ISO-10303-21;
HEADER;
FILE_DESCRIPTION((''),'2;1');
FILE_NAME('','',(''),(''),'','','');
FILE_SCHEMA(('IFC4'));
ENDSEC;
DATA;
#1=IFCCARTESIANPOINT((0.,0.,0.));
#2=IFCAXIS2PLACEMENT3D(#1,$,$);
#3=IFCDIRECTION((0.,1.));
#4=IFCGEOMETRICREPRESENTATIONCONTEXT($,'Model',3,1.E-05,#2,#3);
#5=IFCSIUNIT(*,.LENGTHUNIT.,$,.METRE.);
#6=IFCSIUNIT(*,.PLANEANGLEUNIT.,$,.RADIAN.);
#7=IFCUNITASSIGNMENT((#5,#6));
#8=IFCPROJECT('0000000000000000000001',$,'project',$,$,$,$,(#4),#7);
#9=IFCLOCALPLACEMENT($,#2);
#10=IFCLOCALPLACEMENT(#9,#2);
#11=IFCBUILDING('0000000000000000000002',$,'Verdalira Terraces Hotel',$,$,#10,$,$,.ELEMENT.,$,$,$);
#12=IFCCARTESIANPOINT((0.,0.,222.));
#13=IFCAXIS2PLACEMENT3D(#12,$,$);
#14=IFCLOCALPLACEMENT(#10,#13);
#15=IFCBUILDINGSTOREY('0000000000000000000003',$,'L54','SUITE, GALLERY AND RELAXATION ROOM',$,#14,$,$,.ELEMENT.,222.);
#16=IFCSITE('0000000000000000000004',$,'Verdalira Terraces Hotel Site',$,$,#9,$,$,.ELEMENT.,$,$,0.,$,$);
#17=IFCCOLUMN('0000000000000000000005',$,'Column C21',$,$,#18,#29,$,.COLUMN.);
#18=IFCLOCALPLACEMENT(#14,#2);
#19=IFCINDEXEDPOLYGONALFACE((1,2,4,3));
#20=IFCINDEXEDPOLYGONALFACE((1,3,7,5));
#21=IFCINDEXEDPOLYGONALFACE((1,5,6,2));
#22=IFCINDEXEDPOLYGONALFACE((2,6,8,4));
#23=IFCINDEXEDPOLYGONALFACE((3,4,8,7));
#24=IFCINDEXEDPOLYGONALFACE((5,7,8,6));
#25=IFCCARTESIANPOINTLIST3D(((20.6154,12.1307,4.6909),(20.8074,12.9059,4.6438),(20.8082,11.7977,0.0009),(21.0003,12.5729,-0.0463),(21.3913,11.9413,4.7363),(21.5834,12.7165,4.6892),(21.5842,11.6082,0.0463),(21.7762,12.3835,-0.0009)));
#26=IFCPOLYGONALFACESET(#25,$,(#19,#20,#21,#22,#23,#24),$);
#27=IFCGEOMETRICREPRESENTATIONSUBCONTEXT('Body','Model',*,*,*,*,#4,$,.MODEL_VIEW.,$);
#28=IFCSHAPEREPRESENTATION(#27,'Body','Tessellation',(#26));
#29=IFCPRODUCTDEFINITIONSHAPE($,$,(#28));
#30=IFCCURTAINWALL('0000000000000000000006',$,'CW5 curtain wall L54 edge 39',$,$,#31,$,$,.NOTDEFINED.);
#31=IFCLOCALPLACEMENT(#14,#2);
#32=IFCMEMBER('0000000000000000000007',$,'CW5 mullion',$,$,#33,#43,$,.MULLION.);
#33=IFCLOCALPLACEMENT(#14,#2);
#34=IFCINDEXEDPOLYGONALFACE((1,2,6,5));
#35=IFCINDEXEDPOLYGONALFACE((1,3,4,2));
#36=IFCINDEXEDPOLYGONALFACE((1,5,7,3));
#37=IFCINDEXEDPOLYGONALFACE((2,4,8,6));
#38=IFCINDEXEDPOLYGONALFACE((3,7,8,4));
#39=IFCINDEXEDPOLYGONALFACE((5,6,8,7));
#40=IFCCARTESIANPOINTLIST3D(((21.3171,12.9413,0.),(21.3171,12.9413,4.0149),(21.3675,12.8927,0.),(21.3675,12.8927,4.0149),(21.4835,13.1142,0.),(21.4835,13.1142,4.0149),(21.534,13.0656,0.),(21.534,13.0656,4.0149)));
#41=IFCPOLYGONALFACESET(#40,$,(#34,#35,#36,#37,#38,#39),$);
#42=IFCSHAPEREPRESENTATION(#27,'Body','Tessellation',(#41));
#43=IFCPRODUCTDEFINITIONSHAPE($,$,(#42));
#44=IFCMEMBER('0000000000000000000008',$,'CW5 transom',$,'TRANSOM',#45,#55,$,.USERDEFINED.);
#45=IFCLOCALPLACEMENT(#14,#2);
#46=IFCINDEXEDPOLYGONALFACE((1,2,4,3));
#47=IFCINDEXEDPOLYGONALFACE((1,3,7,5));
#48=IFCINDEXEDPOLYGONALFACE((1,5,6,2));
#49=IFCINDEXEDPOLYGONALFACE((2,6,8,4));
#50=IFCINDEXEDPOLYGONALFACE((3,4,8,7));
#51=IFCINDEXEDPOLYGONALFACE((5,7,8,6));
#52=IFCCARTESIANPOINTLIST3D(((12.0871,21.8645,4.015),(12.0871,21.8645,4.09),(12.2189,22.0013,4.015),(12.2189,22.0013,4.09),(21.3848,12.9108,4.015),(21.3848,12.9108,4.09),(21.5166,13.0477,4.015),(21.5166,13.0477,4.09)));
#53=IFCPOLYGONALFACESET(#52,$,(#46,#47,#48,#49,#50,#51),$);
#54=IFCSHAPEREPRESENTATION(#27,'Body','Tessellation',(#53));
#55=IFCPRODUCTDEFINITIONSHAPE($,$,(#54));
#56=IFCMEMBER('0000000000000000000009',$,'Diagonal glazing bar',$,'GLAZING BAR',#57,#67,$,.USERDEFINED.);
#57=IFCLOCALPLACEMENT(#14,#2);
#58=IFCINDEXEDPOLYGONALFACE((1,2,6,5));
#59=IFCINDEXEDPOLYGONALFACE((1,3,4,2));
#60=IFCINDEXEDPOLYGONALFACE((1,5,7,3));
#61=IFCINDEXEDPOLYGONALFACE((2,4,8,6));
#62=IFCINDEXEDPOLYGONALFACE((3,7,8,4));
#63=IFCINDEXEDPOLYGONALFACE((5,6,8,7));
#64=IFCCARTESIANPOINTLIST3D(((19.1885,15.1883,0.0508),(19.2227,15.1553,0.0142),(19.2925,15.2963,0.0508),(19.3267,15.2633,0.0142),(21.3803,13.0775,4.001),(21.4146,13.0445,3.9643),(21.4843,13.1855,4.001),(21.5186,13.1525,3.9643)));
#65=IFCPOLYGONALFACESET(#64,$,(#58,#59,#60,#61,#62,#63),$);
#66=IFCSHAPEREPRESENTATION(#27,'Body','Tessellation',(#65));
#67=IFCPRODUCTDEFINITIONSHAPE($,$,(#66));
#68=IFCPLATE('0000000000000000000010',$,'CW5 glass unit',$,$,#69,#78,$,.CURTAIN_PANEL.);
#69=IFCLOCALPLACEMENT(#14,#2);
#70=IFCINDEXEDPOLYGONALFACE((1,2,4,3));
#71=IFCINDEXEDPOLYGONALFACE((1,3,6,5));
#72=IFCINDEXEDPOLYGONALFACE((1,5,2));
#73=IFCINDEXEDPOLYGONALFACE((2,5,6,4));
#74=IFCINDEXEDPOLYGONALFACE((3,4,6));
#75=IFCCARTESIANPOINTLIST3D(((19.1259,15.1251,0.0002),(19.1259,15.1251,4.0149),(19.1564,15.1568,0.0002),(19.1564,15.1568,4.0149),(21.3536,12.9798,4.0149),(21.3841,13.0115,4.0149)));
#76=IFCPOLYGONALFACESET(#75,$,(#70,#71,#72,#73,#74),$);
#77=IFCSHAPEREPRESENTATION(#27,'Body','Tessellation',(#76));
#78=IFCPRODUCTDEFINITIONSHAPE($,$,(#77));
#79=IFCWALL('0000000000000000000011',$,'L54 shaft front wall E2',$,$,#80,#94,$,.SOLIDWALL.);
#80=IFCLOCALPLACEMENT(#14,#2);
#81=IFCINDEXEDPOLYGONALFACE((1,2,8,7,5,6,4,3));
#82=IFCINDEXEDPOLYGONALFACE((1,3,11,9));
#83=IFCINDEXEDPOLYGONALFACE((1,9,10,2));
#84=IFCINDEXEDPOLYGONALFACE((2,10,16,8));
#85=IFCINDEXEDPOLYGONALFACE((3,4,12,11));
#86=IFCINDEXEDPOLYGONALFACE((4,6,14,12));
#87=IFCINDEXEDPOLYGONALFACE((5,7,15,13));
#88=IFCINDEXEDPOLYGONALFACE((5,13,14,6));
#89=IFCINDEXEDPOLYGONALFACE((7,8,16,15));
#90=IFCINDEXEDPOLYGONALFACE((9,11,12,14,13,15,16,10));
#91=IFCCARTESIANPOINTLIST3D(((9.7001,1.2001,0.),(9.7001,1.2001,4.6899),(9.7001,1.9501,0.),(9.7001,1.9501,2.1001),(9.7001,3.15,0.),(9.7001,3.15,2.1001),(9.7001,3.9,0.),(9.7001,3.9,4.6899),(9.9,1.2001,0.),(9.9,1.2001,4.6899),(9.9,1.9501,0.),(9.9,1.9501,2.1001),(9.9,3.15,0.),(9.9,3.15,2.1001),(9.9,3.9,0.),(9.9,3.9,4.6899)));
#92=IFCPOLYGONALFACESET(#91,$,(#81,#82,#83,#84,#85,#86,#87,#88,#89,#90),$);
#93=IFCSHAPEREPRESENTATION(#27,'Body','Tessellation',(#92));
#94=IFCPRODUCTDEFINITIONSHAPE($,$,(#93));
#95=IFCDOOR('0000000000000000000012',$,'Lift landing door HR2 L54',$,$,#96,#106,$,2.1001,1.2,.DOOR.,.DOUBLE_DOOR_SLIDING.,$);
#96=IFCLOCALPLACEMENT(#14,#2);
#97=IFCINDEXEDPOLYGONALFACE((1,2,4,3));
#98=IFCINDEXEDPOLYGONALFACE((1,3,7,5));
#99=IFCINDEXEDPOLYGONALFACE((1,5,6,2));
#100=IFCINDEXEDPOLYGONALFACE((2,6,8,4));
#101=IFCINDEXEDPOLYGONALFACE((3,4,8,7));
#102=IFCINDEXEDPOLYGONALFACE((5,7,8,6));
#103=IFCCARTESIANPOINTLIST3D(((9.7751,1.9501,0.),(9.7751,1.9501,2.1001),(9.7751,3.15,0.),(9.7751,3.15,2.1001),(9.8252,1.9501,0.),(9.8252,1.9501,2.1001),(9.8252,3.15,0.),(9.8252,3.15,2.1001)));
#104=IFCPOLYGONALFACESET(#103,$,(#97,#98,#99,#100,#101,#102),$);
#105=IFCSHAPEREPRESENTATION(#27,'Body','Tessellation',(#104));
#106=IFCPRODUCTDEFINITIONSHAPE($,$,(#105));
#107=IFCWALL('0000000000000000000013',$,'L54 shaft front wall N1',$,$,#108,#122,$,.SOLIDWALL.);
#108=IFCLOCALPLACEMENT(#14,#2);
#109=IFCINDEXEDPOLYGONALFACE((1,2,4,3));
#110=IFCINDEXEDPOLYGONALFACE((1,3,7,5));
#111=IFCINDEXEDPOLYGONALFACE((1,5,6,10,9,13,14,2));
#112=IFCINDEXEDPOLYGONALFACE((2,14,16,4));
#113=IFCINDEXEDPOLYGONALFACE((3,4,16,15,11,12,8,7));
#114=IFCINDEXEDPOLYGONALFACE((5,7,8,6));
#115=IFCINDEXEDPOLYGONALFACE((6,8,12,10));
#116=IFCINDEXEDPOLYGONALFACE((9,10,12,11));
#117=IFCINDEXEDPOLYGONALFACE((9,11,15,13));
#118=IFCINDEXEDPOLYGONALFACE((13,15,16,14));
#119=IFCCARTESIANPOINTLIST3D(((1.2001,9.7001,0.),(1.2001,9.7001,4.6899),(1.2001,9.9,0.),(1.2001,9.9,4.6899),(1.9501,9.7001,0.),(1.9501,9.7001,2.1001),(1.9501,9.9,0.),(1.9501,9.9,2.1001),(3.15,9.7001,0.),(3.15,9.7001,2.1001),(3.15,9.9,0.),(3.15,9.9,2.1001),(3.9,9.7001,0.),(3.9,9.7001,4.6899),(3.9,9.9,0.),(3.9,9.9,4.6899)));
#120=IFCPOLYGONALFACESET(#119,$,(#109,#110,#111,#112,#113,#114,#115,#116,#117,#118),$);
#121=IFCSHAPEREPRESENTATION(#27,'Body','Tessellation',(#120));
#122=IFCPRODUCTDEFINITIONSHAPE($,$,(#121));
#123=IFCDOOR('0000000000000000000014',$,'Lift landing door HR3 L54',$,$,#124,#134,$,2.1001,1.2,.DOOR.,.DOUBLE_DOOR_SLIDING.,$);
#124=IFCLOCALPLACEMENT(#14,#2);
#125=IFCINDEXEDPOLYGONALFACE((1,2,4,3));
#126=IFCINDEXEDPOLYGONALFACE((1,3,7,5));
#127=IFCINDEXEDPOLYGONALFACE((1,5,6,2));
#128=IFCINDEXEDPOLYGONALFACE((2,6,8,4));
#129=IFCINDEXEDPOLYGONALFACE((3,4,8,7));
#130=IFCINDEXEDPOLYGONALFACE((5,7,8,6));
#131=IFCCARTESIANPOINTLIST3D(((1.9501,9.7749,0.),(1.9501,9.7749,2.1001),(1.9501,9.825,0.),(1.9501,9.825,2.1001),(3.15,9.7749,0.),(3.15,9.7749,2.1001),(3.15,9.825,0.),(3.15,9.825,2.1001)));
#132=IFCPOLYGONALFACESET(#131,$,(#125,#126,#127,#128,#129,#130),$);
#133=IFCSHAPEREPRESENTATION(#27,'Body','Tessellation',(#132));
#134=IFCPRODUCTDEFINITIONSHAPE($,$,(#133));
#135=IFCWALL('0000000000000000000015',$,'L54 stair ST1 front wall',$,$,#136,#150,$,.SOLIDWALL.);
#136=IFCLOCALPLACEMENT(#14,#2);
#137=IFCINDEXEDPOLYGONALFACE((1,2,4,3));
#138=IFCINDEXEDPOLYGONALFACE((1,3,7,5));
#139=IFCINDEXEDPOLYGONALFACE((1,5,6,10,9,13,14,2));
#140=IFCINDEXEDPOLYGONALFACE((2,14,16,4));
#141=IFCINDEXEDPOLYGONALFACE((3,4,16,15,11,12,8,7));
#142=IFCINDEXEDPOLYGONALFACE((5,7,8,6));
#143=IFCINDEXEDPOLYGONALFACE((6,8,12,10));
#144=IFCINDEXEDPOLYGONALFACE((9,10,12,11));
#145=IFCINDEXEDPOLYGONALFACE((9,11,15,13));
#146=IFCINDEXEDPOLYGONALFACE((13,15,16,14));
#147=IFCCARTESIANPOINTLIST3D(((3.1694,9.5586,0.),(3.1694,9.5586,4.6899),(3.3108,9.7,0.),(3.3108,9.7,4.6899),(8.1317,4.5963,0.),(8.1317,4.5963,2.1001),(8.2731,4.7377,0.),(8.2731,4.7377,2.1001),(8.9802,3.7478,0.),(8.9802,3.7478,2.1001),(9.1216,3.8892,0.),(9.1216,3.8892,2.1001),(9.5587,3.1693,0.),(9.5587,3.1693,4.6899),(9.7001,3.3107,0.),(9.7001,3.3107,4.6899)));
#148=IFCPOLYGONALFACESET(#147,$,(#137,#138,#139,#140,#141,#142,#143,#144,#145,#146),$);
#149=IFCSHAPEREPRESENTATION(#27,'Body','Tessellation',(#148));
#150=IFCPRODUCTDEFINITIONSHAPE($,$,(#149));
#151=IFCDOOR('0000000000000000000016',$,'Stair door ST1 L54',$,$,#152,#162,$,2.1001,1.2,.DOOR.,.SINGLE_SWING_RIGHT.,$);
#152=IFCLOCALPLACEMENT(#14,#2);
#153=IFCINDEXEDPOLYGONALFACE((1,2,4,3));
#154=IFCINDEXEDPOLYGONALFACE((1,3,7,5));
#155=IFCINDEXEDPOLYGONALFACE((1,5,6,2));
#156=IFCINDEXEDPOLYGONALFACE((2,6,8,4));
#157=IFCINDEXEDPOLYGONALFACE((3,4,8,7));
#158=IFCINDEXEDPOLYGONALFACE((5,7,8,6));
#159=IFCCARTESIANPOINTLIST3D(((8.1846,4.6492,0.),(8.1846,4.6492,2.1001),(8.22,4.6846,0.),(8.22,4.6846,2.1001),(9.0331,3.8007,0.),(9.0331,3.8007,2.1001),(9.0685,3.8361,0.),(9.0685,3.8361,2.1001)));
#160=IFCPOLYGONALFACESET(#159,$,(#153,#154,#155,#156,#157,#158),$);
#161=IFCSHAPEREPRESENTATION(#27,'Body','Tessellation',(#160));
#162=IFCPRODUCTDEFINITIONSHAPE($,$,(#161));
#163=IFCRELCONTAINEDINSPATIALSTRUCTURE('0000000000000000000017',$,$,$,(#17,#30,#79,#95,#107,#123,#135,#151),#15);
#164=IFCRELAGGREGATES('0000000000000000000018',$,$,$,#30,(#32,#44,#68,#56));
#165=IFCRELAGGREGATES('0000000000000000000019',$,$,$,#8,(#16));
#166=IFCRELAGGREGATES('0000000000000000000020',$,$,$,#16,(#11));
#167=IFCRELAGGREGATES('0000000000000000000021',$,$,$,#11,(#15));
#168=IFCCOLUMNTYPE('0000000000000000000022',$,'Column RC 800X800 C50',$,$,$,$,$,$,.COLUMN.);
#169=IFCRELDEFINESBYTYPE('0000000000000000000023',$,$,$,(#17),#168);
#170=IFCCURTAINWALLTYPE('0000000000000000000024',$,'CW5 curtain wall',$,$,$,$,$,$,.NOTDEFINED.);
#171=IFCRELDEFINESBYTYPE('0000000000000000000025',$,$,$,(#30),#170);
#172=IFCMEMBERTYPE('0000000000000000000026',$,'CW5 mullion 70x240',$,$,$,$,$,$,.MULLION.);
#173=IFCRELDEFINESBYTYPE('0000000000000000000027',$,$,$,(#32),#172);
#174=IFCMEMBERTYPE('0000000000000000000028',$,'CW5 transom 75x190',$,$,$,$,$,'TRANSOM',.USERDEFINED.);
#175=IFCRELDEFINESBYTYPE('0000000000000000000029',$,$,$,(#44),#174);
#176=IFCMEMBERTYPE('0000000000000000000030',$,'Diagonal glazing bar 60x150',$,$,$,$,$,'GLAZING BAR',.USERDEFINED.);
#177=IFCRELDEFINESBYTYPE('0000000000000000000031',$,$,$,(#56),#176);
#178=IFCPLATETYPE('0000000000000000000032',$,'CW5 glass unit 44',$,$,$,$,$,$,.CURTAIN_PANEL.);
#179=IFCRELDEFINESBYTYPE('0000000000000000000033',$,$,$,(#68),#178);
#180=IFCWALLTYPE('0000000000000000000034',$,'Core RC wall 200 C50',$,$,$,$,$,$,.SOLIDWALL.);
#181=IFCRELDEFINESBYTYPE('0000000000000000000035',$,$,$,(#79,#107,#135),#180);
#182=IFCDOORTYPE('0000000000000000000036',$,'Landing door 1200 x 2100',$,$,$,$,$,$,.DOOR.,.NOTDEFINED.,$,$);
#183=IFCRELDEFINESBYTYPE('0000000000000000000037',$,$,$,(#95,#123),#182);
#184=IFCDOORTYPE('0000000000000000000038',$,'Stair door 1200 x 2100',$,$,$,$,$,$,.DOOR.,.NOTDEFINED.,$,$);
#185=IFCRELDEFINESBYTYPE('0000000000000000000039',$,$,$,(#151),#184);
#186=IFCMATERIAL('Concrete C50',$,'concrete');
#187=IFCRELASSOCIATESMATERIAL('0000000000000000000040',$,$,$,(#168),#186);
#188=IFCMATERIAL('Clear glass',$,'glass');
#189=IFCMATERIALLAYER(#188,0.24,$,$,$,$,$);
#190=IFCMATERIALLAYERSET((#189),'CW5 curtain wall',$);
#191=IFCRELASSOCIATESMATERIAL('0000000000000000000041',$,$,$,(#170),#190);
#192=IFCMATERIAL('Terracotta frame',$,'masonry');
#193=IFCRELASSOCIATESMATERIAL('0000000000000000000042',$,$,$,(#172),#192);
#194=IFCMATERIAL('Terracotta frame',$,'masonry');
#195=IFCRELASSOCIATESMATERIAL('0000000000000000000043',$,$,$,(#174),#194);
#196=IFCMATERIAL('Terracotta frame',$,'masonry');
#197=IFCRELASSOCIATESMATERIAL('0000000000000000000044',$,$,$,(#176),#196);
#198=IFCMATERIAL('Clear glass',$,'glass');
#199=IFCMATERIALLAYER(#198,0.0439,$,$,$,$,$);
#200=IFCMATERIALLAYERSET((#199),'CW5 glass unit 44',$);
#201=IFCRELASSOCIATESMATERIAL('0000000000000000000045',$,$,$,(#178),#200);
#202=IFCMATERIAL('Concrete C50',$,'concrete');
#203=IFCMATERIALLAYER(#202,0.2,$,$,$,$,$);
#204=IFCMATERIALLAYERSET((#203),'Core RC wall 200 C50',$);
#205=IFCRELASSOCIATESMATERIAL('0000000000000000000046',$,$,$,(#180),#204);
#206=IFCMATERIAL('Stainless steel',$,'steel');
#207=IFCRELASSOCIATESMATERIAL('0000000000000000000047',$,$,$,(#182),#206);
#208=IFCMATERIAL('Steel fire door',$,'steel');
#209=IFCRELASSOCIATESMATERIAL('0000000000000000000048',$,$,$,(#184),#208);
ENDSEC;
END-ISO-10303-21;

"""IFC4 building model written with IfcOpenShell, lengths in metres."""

from ifc_helpers import new_model, si_unit, direction, frame, frame_2d, origin, origin_2d, place, context, subcontext, project, spatial, polyline, rectangle, outline, extrude, material, layer, layer_set, material_profile, profile_set, type_object, element, fill, aggregate, save


model = new_model("IFC4")

# Units and contexts
model_context = context("Model", 3, precision=1e-05, world=origin(), true_north=direction((0.0, 1.0)))
body_context = subcontext(model_context, "Body", "Model", "MODEL_VIEW")
ifc_project = project(units=[si_unit("LENGTHUNIT", "METRE"), si_unit("PLANEANGLEUNIT", "RADIAN")], contexts=[model_context])

# Site, building, storey
site_placement = place(None, origin())
site = spatial("IfcSite", under=ifc_project, at=site_placement, Name="Verdalira Terraces Hotel Site", CompositionType="ELEMENT", RefElevation=0.0)
building_placement = place(site_placement, origin())
building = spatial("IfcBuilding", under=site, at=building_placement, Name="Verdalira Terraces Hotel", CompositionType="ELEMENT")
storey_placement = place(building_placement, frame((0.0, 0.0, 222.0)))
storey = spatial("IfcBuildingStorey", under=building, at=storey_placement, Name="L54", Description="SUITE, GALLERY AND RELAXATION ROOM", CompositionType="ELEMENT", Elevation=222.0)

# Column
ifc_material_1 = material(Name="Concrete C50", Category="concrete")
ifc_material_profile_1 = material_profile(ifc_material_1, rectangle(XDim=0.8, YDim=0.8, at=origin_2d()), Name="RC 800X800")
ifc_profile_set_1 = profile_set([ifc_material_profile_1], Name="Concrete C50")
column_type = type_object("IfcColumnType", Name="Column RC 800X800 C50", PredefinedType="COLUMN", material=ifc_profile_set_1)
column_placement = place(storey_placement, frame((21.2922, 12.0906, 0.0), z_axis=(-0.040987, 0.070767, 0.99665), x_axis=(0.969908, -0.236778, 0.056699)))
element("IfcColumn", 1, at=column_placement, inside=storey, type_object=column_type, Name="Column C21", PredefinedType="COLUMN", context=body_context, shape_type="SweptSolid", body=[
    extrude(rectangle(XDim=0.8, YDim=0.8, at=origin_2d()), origin(), (0.0, 0.0, 1.0), 4.7058),
])

# Curtain wall, members, plate
ifc_material_2 = material(Name="Clear glass", Category="glass")
ifc_layer_1 = layer(ifc_material_2, 0.24)
ifc_layer_set_1 = layer_set([ifc_layer_1], Name="CW5 curtain wall")
curtain_wall_type = type_object("IfcCurtainWallType", Name="CW5 curtain wall", PredefinedType="NOTDEFINED", material=ifc_layer_set_1)
curtain_wall_placement = place(storey_placement, origin())
curtain_wall = element("IfcCurtainWall", 2, at=curtain_wall_placement, inside=storey, type_object=curtain_wall_type, Name="CW5 curtain wall L54 edge 39", PredefinedType="NOTDEFINED")
ifc_material_3 = material(Name="Terracotta frame", Category="masonry")
ifc_material_profile_2 = material_profile(ifc_material_3, rectangle(XDim=0.0701, YDim=0.24, at=origin_2d()), Name="MU 70x240")
ifc_profile_set_2 = profile_set([ifc_material_profile_2], Name="Terracotta frame")
member_type_1 = type_object("IfcMemberType", Name="CW5 mullion 70x240", PredefinedType="MULLION", material=ifc_profile_set_2)
member_1_placement = place(storey_placement, frame((21.4255, 13.0034, 0.0), z_axis=(0.0, 0.0, 1.0), x_axis=(-0.720309, 0.693653, 0.0)))
member_1 = element("IfcMember", 3, at=member_1_placement, type_object=member_type_1, Name="CW5 mullion", PredefinedType="MULLION", context=body_context, shape_type="SweptSolid", body=[
    extrude(rectangle(XDim=0.0701, YDim=0.24, at=origin_2d()), origin(), (0.0, 0.0, 1.0), 4.0149),
])
ifc_material_4 = material(Name="Terracotta frame", Category="masonry")
ifc_material_profile_3 = material_profile(ifc_material_4, rectangle(XDim=0.1899, YDim=0.075, at=origin_2d()), Name="TR 75x190")
ifc_profile_set_3 = profile_set([ifc_material_profile_3], Name="Terracotta frame")
member_type_2 = type_object("IfcMemberType", Name="CW5 transom 75x190", ElementType="TRANSOM", PredefinedType="USERDEFINED", material=ifc_profile_set_3)
member_2_placement = place(storey_placement, frame((21.4507, 12.9792, 4.0525), z_axis=(-0.720306, 0.693656, 0.0), x_axis=(-0.693656, -0.720306, 0.0)))
member_2 = element("IfcMember", 4, at=member_2_placement, type_object=member_type_2, Name="CW5 transom", ObjectType="TRANSOM", PredefinedType="USERDEFINED", context=body_context, shape_type="SweptSolid", body=[
    extrude(rectangle(XDim=0.1899, YDim=0.075, at=origin_2d()), origin(), (0.0, 0.0, 1.0), 12.908),
])
ifc_material_5 = material(Name="Terracotta frame", Category="masonry")
ifc_material_profile_4 = material_profile(ifc_material_5, rectangle(XDim=0.1499, YDim=0.0601, at=origin_2d()), Name="GB 60x150")
ifc_profile_set_4 = profile_set([ifc_material_profile_4], Name="Terracotta frame")
member_type_3 = type_object("IfcMemberType", Name="Diagonal glazing bar 60x150", ElementType="GLAZING BAR", PredefinedType="USERDEFINED", material=ifc_profile_set_4)
member_3_placement = place(storey_placement, frame((21.4495, 13.115, 3.9827), z_axis=(-0.439575, 0.42332, -0.792195), x_axis=(-0.693663, -0.720299, 0.0)))
member_3 = element("IfcMember", 5, at=member_3_placement, type_object=member_type_3, Name="Diagonal glazing bar", ObjectType="GLAZING BAR", PredefinedType="USERDEFINED", context=body_context, shape_type="SweptSolid", body=[
    extrude(rectangle(XDim=0.1499, YDim=0.0601, at=origin_2d()), origin(), (0.0, 0.0, 1.0), 4.9863),
])
ifc_material_6 = material(Name="Clear glass", Category="glass")
ifc_layer_2 = layer(ifc_material_6, 0.0439)
ifc_layer_set_2 = layer_set([ifc_layer_2], Name="CW5 glass unit 44")
plate_type = type_object("IfcPlateType", Name="CW5 glass unit 44", PredefinedType="CURTAIN_PANEL", material=ifc_layer_set_2)
plate_placement = place(storey_placement, frame((20.2397, 14.0525, 2.0076), z_axis=(0.693653, 0.720309, 0.0), x_axis=(-0.720309, 0.693653, 0.0)))
plate = element("IfcPlate", 6, at=plate_placement, type_object=plate_type, Name="CW5 glass unit", PredefinedType="CURTAIN_PANEL", context=body_context, shape_type="SweptSolid", body=[
    extrude(outline(polyline([(1.5464, -2.0073), (1.5464, 2.0073), (-1.5464, 2.0073), (1.5464, -2.0073)])), origin(), (0.0, 0.0, 1.0), 0.0439),
])
aggregate(curtain_wall, [member_1, member_2, plate, member_3])

# Walls, openings, doors
ifc_material_7 = material(Name="Concrete C50", Category="concrete")
ifc_layer_3 = layer(ifc_material_7, 0.2)
ifc_layer_set_3 = layer_set([ifc_layer_3], Name="Core RC wall 200 C50")
wall_type_1 = type_object("IfcWallType", Name="Core RC wall 200 C50", PredefinedType="SOLIDWALL", material=ifc_layer_set_3)
wall_1_placement = place(storey_placement, frame((9.8, 1.2, 0.0), z_axis=(0.0, 0.0, 1.0), x_axis=(0.0, 1.0, 0.0)))
wall_1 = element("IfcWall", 7, at=wall_1_placement, inside=storey, type_object=wall_type_1, Name="L54 shaft front wall E2", PredefinedType="SOLIDWALL", context=body_context, shape_type="SweptSolid", body=[
    extrude(rectangle(XDim=2.7, YDim=0.2, at=frame_2d((1.3501, 0.0))), origin(), (0.0, 0.0, 1.0), 4.6899),
])
opening_1_placement = place(wall_1_placement, frame((0.75, 0.0, 0.0)))
opening_1 = element("IfcOpeningElement", 8, at=opening_1_placement, cuts=wall_1, PredefinedType="OPENING", context=body_context, shape_type="SweptSolid", body=[
    extrude(rectangle(XDim=1.2, YDim=2.1001, at=frame_2d((0.6001, 1.05))), frame((0.0, 0.1099, 0.0), z_axis=(0.0, -1.0, 0.0), x_axis=(1.0, 0.0, 0.0)), (0.0, 0.0, 1.0), 0.22),
])
ifc_material_8 = material(Name="Stainless steel", Category="steel")
door_type_1 = type_object("IfcDoorType", Name="Landing door 1200 x 2100", OperationType="NOTDEFINED", PredefinedType="DOOR", material=ifc_material_8)
door_1_placement = place(opening_1_placement, origin())
door_1 = element("IfcDoor", 9, at=door_1_placement, inside=storey, type_object=door_type_1, Name="Lift landing door HR2 L54", OperationType="DOUBLE_DOOR_SLIDING", OverallHeight=2.1001, OverallWidth=1.2, PredefinedType="DOOR", context=body_context, shape_type="SweptSolid", body=[
    extrude(rectangle(XDim=1.2, YDim=2.1001, at=frame_2d((0.6001, 1.05))), frame((0.0, 0.0249, 0.0), z_axis=(0.0, -1.0, 0.0), x_axis=(1.0, 0.0, 0.0)), (0.0, 0.0, 1.0), 0.05),
])
fill(opening_1, door_1)
wall_2_placement = place(storey_placement, frame((1.2, 9.8, 0.0), z_axis=(0.0, 0.0, 1.0), x_axis=(1.0, 0.0, 0.0)))
wall_2 = element("IfcWall", 10, at=wall_2_placement, inside=storey, type_object=wall_type_1, Name="L54 shaft front wall N1", PredefinedType="SOLIDWALL", context=body_context, shape_type="SweptSolid", body=[
    extrude(rectangle(XDim=2.7, YDim=0.2, at=frame_2d((1.3501, 0.0))), origin(), (0.0, 0.0, 1.0), 4.6899),
])
opening_2_placement = place(wall_2_placement, frame((0.75, 0.0, 0.0)))
opening_2 = element("IfcOpeningElement", 11, at=opening_2_placement, cuts=wall_2, PredefinedType="OPENING", context=body_context, shape_type="SweptSolid", body=[
    extrude(rectangle(XDim=1.2, YDim=2.1001, at=frame_2d((0.6001, 1.05))), frame((0.0, 0.1099, 0.0), z_axis=(0.0, -1.0, 0.0), x_axis=(1.0, 0.0, 0.0)), (0.0, 0.0, 1.0), 0.22),
])
door_2_placement = place(opening_2_placement, origin())
door_2 = element("IfcDoor", 12, at=door_2_placement, inside=storey, type_object=door_type_1, Name="Lift landing door HR3 L54", OperationType="DOUBLE_DOOR_SLIDING", OverallHeight=2.1001, OverallWidth=1.2, PredefinedType="DOOR", context=body_context, shape_type="SweptSolid", body=[
    extrude(rectangle(XDim=1.2, YDim=2.1001, at=frame_2d((0.6001, 1.05))), frame((0.0, 0.0249, 0.0), z_axis=(0.0, -1.0, 0.0), x_axis=(1.0, 0.0, 0.0)), (0.0, 0.0, 1.0), 0.05),
])
fill(opening_2, door_2)
wall_3_placement = place(storey_placement, frame((3.24, 9.6294, 0.0), z_axis=(0.0, 0.0, 1.0), x_axis=(0.707107, -0.707107, 0.0)))
wall_3 = element("IfcWall", 13, at=wall_3_placement, inside=storey, type_object=wall_type_1, Name="L54 stair ST1 front wall", PredefinedType="SOLIDWALL", context=body_context, shape_type="SweptSolid", body=[
    extrude(rectangle(XDim=9.0359, YDim=0.2, at=frame_2d((4.5181, 0.0))), origin(), (0.0, 0.0, 1.0), 4.6899),
])
opening_3_placement = place(wall_3_placement, frame((7.0178, 0.0, 0.0)))
opening_3 = element("IfcOpeningElement", 14, at=opening_3_placement, cuts=wall_3, PredefinedType="OPENING", context=body_context, shape_type="SweptSolid", body=[
    extrude(rectangle(XDim=1.2, YDim=2.1001, at=frame_2d((0.6001, 1.05))), frame((0.0, 0.1099, 0.0), z_axis=(0.0, -1.0, 0.0), x_axis=(1.0, 0.0, 0.0)), (0.0, 0.0, 1.0), 0.22),
])
ifc_material_9 = material(Name="Steel fire door", Category="steel")
door_type_2 = type_object("IfcDoorType", Name="Stair door 1200 x 2100", OperationType="NOTDEFINED", PredefinedType="DOOR", material=ifc_material_9)
door_3_placement = place(opening_3_placement, origin())
door_3 = element("IfcDoor", 15, at=door_3_placement, inside=storey, type_object=door_type_2, Name="Stair door ST1 L54", OperationType="SINGLE_SWING_RIGHT", OverallHeight=2.1001, OverallWidth=1.2, PredefinedType="DOOR", context=body_context, shape_type="SweptSolid", body=[
    extrude(rectangle(XDim=1.2, YDim=2.1001, at=frame_2d((0.6001, 1.05))), frame((0.0, 0.0249, 0.0), z_axis=(0.0, -1.0, 0.0), x_axis=(1.0, 0.0, 0.0)), (0.0, 0.0, 1.0), 0.05),
])
fill(opening_3, door_3)

save(model, "model.ifc")
